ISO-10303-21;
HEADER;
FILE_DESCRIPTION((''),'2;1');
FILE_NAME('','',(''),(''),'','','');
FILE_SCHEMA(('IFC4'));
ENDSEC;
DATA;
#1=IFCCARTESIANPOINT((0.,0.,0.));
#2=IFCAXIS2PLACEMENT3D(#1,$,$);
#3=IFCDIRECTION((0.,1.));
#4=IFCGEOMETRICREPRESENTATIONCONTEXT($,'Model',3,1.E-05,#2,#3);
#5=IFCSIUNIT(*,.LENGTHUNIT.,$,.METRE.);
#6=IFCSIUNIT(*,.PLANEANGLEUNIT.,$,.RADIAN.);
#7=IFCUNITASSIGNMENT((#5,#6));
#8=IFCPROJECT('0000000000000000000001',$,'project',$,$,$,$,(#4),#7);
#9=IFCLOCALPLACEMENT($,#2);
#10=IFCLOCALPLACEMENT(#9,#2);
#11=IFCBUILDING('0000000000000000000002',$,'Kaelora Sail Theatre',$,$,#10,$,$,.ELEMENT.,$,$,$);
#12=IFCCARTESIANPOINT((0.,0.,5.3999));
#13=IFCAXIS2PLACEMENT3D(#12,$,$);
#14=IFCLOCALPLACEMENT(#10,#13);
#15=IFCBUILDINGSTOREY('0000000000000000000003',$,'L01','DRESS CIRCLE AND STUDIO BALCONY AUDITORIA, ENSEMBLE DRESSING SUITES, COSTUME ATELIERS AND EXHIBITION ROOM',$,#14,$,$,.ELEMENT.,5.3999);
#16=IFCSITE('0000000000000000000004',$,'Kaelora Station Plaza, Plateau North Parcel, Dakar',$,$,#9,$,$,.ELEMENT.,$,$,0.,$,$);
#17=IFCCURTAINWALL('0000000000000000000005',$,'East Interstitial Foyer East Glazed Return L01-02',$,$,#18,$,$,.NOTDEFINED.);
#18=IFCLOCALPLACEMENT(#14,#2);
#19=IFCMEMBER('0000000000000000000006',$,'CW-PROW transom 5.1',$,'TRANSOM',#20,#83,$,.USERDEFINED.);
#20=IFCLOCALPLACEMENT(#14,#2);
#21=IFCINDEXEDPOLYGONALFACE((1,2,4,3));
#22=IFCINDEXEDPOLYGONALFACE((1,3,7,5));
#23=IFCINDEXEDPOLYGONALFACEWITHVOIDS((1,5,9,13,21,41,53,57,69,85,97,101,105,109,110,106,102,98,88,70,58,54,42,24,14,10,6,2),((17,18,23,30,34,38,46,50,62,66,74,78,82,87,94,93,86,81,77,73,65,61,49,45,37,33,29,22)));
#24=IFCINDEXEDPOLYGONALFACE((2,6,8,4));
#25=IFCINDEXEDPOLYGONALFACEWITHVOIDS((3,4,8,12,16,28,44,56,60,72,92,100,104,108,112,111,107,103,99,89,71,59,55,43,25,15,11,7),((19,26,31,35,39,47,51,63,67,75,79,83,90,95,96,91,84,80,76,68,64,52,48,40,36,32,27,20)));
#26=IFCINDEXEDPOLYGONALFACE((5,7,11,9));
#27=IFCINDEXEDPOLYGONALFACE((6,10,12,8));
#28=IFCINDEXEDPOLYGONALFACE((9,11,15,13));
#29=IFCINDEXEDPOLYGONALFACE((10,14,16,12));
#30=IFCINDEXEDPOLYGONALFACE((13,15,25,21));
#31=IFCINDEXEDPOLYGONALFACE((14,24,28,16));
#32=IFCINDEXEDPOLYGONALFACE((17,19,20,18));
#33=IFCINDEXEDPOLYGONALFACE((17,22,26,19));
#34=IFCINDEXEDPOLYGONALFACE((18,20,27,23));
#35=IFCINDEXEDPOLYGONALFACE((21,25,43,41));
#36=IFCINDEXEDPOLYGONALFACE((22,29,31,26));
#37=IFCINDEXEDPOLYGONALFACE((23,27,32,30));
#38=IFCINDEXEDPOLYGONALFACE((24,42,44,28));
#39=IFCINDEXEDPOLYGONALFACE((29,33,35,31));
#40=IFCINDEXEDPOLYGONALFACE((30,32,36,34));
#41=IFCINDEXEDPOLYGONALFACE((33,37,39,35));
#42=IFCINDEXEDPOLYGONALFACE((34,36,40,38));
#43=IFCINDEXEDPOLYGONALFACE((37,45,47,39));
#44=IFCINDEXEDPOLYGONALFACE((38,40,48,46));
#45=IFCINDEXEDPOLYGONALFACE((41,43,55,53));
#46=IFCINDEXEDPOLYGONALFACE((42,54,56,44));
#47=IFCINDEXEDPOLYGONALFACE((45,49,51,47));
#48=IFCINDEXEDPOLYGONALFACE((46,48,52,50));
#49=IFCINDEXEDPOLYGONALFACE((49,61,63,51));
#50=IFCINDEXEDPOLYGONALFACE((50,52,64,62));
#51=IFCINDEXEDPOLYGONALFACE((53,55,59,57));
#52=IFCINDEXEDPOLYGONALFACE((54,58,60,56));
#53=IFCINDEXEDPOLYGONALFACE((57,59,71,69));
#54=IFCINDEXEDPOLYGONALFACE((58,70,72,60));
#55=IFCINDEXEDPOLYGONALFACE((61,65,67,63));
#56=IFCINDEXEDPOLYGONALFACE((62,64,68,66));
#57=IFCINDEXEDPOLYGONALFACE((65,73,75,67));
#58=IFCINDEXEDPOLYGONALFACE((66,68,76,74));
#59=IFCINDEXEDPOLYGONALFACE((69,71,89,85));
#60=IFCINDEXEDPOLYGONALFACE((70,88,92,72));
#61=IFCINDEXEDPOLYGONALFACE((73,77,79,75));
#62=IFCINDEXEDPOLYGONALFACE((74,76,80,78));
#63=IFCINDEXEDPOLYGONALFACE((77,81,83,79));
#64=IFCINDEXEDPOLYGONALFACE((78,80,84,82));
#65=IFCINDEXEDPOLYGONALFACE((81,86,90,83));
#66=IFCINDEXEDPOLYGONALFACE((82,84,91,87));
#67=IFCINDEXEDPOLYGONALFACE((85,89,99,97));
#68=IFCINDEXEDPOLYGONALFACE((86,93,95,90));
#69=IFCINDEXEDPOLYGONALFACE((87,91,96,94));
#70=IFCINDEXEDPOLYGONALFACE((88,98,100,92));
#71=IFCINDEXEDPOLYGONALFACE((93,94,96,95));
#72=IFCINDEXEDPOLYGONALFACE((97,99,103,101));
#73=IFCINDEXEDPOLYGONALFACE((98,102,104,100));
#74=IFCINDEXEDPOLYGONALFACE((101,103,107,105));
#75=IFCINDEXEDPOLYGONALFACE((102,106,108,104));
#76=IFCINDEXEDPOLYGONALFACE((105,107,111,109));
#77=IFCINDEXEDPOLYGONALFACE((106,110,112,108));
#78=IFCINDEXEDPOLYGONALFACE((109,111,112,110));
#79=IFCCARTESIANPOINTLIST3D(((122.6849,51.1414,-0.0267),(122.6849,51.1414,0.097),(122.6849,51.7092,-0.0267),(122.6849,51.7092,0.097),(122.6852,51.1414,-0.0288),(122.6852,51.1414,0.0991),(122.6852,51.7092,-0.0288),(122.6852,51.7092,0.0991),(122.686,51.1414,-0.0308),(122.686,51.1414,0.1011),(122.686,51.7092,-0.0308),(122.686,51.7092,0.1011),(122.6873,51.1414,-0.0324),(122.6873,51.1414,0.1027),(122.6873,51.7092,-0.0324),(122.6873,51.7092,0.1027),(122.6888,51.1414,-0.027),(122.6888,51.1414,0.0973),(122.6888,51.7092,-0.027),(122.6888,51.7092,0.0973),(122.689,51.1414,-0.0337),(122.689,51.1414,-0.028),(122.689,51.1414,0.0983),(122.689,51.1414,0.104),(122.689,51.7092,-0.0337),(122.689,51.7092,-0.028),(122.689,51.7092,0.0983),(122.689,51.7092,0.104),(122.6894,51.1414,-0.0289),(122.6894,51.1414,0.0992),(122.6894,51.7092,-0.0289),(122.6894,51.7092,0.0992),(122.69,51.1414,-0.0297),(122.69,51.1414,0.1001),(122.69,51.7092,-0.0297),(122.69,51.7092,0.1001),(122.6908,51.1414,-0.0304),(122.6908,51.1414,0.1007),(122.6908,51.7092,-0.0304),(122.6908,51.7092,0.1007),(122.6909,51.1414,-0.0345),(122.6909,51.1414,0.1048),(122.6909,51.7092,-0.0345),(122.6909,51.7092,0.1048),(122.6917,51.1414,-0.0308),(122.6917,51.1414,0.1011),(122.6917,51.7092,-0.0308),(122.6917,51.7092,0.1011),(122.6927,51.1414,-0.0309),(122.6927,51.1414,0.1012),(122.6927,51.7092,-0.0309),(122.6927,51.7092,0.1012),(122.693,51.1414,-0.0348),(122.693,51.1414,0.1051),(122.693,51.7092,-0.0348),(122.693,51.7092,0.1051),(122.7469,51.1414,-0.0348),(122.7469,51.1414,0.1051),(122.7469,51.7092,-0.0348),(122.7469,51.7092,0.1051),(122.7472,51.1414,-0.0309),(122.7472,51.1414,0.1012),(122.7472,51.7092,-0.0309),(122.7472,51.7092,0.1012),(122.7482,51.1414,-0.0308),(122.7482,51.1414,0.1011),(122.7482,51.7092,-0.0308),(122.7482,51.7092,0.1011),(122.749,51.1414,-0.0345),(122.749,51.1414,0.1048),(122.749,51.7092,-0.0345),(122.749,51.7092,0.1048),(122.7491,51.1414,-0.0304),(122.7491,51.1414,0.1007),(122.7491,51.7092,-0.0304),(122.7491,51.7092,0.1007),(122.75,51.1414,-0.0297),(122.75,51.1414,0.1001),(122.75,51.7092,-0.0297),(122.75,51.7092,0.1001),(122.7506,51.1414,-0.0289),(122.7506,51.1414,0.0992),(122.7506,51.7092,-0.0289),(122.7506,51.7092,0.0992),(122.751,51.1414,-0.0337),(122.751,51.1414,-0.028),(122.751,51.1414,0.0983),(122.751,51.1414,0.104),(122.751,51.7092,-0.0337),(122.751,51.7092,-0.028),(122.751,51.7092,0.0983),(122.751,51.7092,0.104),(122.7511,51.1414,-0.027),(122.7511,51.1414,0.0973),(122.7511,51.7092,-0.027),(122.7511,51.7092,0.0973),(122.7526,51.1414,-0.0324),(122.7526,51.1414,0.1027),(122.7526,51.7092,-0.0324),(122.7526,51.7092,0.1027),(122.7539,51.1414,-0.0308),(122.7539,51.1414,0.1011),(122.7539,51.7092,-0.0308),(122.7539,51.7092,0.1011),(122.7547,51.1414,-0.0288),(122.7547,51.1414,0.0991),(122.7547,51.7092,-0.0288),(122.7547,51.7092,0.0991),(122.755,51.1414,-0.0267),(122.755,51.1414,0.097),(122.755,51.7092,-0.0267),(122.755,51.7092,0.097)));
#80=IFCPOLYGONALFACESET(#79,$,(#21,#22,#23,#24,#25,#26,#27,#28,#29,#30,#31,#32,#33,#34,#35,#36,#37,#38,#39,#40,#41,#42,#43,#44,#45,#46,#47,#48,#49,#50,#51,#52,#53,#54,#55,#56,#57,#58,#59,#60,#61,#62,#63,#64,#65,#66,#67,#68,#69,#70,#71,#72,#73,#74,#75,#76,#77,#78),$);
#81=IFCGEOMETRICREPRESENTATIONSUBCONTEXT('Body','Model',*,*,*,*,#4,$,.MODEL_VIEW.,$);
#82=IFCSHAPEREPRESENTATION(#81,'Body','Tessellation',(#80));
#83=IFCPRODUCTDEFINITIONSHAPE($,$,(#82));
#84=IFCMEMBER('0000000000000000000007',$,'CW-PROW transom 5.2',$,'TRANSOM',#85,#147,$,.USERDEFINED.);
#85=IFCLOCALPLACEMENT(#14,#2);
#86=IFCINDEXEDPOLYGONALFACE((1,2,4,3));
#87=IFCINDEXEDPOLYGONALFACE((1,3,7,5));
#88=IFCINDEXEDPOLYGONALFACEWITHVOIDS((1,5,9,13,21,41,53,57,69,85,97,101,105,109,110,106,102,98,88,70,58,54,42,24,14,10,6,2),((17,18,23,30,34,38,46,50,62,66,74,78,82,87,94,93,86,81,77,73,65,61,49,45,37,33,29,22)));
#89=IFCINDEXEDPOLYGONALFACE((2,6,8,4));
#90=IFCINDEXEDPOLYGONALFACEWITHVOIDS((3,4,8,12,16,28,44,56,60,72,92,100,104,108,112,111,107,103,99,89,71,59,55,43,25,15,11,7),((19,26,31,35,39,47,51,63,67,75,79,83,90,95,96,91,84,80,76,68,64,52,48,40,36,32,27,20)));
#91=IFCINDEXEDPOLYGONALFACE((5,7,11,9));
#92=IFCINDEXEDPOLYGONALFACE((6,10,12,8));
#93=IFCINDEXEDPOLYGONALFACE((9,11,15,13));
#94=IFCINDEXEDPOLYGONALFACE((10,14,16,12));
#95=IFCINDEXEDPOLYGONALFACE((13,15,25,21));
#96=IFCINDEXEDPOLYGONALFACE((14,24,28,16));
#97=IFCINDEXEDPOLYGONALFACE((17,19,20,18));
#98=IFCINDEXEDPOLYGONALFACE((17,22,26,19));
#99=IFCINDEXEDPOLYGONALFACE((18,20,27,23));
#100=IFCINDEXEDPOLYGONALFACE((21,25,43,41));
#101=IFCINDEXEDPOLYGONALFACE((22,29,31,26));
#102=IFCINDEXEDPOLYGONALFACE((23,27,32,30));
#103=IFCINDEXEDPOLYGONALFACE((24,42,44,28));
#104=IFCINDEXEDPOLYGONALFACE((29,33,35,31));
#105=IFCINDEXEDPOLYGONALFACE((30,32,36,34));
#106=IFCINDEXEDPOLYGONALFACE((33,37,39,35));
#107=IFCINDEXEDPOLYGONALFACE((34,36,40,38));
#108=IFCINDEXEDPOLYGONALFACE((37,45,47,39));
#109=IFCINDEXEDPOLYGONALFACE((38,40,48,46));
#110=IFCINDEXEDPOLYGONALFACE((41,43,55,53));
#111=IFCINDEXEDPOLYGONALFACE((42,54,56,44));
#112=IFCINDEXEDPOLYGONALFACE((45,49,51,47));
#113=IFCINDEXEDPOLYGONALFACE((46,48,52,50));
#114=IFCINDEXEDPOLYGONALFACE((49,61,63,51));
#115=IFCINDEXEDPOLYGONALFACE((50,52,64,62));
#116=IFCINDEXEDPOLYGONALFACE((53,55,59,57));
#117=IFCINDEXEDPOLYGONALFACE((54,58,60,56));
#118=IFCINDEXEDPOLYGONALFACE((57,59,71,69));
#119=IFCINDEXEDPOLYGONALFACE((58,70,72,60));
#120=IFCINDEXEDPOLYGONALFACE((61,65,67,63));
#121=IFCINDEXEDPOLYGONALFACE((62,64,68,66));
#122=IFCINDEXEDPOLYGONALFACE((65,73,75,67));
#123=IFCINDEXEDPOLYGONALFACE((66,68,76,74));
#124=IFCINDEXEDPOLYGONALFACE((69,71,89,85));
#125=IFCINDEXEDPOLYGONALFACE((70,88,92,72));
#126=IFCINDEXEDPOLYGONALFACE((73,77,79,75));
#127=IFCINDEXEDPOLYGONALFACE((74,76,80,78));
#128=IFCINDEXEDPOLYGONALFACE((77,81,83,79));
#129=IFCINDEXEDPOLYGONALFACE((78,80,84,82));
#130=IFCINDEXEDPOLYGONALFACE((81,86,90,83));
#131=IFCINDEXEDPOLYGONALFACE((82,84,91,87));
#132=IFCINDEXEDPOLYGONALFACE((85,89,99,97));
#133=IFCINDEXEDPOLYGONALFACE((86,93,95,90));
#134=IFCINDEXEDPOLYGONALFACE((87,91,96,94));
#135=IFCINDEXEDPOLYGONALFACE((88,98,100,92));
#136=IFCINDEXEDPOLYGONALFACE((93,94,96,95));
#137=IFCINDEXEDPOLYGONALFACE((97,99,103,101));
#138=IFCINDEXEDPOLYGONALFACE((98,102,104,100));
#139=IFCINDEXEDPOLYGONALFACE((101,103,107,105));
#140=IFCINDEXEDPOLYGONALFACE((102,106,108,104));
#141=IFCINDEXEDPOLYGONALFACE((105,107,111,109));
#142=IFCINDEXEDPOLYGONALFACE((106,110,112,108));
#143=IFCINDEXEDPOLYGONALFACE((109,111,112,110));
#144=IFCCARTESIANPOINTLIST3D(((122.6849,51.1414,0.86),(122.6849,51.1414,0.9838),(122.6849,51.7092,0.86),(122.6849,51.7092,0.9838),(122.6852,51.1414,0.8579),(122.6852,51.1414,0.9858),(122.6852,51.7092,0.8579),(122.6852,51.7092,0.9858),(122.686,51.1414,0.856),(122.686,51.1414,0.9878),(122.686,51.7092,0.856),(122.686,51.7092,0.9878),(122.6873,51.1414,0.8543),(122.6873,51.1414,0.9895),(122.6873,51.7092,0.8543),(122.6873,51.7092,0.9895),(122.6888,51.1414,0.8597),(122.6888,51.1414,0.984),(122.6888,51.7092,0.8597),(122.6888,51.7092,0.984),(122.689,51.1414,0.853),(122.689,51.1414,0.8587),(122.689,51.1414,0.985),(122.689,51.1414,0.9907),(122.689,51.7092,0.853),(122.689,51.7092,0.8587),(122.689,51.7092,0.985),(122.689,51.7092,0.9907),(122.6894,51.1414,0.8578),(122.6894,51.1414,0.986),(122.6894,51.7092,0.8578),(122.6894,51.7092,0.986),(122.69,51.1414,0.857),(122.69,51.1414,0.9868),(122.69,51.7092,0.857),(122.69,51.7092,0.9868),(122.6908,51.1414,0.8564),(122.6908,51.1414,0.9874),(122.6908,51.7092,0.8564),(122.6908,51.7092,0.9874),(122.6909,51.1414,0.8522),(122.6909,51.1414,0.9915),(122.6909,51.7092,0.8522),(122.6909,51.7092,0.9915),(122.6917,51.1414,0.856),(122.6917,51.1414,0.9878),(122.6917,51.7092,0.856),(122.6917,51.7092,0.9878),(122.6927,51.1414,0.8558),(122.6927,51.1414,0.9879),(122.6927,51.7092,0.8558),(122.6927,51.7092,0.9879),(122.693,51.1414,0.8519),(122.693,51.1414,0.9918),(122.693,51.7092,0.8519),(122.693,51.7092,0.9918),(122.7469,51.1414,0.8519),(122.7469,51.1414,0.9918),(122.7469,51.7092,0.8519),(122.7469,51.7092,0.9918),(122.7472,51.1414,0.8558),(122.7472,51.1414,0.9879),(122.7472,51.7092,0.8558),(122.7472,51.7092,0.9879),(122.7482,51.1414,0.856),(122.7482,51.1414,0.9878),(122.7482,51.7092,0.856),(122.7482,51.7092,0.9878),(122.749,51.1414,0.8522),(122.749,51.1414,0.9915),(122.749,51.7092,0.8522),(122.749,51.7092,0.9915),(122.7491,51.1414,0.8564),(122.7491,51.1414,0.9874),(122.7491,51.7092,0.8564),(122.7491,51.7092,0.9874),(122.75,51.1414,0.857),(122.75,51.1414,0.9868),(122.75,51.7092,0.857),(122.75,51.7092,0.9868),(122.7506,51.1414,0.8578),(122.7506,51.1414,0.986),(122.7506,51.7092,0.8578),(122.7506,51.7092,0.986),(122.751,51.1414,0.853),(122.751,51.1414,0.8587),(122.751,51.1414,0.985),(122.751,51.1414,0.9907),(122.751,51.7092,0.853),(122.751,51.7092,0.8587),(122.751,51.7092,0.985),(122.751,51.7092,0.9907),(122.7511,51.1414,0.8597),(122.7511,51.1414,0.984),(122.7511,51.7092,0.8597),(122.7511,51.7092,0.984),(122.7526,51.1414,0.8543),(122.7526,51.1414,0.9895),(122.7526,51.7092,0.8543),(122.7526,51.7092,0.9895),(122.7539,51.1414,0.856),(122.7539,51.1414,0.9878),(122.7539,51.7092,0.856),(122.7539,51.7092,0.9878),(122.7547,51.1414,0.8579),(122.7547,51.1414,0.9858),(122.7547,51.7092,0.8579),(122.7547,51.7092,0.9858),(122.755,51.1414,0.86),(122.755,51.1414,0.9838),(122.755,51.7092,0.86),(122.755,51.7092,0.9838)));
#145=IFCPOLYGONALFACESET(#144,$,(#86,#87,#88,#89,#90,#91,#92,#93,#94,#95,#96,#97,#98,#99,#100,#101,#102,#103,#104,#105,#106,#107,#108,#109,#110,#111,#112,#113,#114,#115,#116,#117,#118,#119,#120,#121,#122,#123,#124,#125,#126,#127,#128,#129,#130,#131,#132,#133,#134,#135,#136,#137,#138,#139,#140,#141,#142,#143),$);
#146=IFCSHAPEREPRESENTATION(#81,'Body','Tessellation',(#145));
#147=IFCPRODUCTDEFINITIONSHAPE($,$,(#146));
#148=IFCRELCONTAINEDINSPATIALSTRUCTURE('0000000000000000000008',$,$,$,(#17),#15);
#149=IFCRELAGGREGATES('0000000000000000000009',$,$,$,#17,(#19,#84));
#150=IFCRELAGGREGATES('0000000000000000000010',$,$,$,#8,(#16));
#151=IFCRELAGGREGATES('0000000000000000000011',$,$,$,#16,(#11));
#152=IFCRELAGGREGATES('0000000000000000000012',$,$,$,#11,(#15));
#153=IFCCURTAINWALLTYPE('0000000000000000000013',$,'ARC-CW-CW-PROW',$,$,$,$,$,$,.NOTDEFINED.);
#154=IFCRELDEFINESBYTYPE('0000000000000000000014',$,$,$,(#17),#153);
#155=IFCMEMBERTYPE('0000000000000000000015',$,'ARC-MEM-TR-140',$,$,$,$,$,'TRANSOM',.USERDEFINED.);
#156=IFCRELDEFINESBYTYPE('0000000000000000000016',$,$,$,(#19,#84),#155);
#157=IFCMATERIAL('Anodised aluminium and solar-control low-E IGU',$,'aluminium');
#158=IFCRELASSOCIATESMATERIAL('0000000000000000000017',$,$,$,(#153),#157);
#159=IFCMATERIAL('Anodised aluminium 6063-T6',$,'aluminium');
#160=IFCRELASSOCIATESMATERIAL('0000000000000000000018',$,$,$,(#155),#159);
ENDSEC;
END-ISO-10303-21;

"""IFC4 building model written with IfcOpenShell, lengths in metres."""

from ifc_helpers import new_model, si_unit, direction, frame, origin, origin_2d, place, context, subcontext, project, spatial, hollow_rectangle, extrude, material, material_profile, profile_set, type_object, element, aggregate, save


model = new_model("IFC4")

# Units and contexts
model_context = context("Model", 3, precision=1e-05, world=origin(), true_north=direction((0.0, 1.0)))
body_context = subcontext(model_context, "Body", "Model", "MODEL_VIEW")
ifc_project = project(units=[si_unit("LENGTHUNIT", "METRE"), si_unit("PLANEANGLEUNIT", "RADIAN")], contexts=[model_context])

# Site, building, storey
site_placement = place(None, origin())
site = spatial("IfcSite", under=ifc_project, at=site_placement, Name="Kaelora Station Plaza, Plateau North Parcel, Dakar", CompositionType="ELEMENT", RefElevation=0.0)
building_placement = place(site_placement, origin())
building = spatial("IfcBuilding", under=site, at=building_placement, Name="Kaelora Sail Theatre", CompositionType="ELEMENT")
storey_placement = place(building_placement, frame((0.0, 0.0, 5.3999)))
storey = spatial("IfcBuildingStorey", under=building, at=storey_placement, Name="L01", Description="DRESS CIRCLE AND STUDIO BALCONY AUDITORIA, ENSEMBLE DRESSING SUITES, COSTUME ATELIERS AND EXHIBITION ROOM", CompositionType="ELEMENT", Elevation=5.3999)

# Curtain wall, members
ifc_material_1 = material(Name="Anodised aluminium and solar-control low-E IGU", Category="aluminium")
curtain_wall_type = type_object("IfcCurtainWallType", Name="ARC-CW-CW-PROW", PredefinedType="NOTDEFINED", material=ifc_material_1)
curtain_wall_placement = place(storey_placement, origin())
curtain_wall = element("IfcCurtainWall", 1, at=curtain_wall_placement, inside=storey, type_object=curtain_wall_type, Name="East Interstitial Foyer East Glazed Return L01-02", PredefinedType="NOTDEFINED")
ifc_material_2 = material(Name="Anodised aluminium 6063-T6", Category="aluminium")
ifc_material_profile_1 = material_profile(ifc_material_2, hollow_rectangle(XDim=0.0701, YDim=0.1399, WallThickness=0.0039, InnerFilletRadius=0.0039, OuterFilletRadius=0.0081, at=origin_2d()), Name="ALU-TRAN 70x140x4")
ifc_profile_set_1 = profile_set([ifc_material_profile_1], Name="Anodised aluminium 6063-T6")
member_type_1 = type_object("IfcMemberType", Name="ARC-MEM-TR-140", ElementType="TRANSOM", PredefinedType="USERDEFINED", material=ifc_profile_set_1)
member_1_placement = place(storey_placement, frame((122.72, 51.1414, 0.0352), z_axis=(0.0, 1.0, 0.0), x_axis=(-1.0, 0.0, 0.0)))
member_1 = element("IfcMember", 2, at=member_1_placement, type_object=member_type_1, Name="CW-PROW transom 5.1", ObjectType="TRANSOM", PredefinedType="USERDEFINED", context=body_context, shape_type="SweptSolid", body=[
    extrude(hollow_rectangle(XDim=0.0701, YDim=0.1399, WallThickness=0.0039, InnerFilletRadius=0.0039, OuterFilletRadius=0.0081, at=origin_2d()), origin(), (0.0, 0.0, 1.0), 0.5679),
])
member_2_placement = place(storey_placement, frame((122.72, 51.1414, 0.9219), z_axis=(0.0, 1.0, 0.0), x_axis=(-1.0, 0.0, 0.0)))
member_2 = element("IfcMember", 3, at=member_2_placement, type_object=member_type_1, Name="CW-PROW transom 5.2", ObjectType="TRANSOM", PredefinedType="USERDEFINED", context=body_context, shape_type="SweptSolid", body=[
    extrude(hollow_rectangle(XDim=0.0701, YDim=0.1399, WallThickness=0.0039, InnerFilletRadius=0.0039, OuterFilletRadius=0.0081, at=origin_2d()), origin(), (0.0, 0.0, 1.0), 0.5679),
])
aggregate(curtain_wall, [member_1, member_2])

save(model, "model.ifc")
